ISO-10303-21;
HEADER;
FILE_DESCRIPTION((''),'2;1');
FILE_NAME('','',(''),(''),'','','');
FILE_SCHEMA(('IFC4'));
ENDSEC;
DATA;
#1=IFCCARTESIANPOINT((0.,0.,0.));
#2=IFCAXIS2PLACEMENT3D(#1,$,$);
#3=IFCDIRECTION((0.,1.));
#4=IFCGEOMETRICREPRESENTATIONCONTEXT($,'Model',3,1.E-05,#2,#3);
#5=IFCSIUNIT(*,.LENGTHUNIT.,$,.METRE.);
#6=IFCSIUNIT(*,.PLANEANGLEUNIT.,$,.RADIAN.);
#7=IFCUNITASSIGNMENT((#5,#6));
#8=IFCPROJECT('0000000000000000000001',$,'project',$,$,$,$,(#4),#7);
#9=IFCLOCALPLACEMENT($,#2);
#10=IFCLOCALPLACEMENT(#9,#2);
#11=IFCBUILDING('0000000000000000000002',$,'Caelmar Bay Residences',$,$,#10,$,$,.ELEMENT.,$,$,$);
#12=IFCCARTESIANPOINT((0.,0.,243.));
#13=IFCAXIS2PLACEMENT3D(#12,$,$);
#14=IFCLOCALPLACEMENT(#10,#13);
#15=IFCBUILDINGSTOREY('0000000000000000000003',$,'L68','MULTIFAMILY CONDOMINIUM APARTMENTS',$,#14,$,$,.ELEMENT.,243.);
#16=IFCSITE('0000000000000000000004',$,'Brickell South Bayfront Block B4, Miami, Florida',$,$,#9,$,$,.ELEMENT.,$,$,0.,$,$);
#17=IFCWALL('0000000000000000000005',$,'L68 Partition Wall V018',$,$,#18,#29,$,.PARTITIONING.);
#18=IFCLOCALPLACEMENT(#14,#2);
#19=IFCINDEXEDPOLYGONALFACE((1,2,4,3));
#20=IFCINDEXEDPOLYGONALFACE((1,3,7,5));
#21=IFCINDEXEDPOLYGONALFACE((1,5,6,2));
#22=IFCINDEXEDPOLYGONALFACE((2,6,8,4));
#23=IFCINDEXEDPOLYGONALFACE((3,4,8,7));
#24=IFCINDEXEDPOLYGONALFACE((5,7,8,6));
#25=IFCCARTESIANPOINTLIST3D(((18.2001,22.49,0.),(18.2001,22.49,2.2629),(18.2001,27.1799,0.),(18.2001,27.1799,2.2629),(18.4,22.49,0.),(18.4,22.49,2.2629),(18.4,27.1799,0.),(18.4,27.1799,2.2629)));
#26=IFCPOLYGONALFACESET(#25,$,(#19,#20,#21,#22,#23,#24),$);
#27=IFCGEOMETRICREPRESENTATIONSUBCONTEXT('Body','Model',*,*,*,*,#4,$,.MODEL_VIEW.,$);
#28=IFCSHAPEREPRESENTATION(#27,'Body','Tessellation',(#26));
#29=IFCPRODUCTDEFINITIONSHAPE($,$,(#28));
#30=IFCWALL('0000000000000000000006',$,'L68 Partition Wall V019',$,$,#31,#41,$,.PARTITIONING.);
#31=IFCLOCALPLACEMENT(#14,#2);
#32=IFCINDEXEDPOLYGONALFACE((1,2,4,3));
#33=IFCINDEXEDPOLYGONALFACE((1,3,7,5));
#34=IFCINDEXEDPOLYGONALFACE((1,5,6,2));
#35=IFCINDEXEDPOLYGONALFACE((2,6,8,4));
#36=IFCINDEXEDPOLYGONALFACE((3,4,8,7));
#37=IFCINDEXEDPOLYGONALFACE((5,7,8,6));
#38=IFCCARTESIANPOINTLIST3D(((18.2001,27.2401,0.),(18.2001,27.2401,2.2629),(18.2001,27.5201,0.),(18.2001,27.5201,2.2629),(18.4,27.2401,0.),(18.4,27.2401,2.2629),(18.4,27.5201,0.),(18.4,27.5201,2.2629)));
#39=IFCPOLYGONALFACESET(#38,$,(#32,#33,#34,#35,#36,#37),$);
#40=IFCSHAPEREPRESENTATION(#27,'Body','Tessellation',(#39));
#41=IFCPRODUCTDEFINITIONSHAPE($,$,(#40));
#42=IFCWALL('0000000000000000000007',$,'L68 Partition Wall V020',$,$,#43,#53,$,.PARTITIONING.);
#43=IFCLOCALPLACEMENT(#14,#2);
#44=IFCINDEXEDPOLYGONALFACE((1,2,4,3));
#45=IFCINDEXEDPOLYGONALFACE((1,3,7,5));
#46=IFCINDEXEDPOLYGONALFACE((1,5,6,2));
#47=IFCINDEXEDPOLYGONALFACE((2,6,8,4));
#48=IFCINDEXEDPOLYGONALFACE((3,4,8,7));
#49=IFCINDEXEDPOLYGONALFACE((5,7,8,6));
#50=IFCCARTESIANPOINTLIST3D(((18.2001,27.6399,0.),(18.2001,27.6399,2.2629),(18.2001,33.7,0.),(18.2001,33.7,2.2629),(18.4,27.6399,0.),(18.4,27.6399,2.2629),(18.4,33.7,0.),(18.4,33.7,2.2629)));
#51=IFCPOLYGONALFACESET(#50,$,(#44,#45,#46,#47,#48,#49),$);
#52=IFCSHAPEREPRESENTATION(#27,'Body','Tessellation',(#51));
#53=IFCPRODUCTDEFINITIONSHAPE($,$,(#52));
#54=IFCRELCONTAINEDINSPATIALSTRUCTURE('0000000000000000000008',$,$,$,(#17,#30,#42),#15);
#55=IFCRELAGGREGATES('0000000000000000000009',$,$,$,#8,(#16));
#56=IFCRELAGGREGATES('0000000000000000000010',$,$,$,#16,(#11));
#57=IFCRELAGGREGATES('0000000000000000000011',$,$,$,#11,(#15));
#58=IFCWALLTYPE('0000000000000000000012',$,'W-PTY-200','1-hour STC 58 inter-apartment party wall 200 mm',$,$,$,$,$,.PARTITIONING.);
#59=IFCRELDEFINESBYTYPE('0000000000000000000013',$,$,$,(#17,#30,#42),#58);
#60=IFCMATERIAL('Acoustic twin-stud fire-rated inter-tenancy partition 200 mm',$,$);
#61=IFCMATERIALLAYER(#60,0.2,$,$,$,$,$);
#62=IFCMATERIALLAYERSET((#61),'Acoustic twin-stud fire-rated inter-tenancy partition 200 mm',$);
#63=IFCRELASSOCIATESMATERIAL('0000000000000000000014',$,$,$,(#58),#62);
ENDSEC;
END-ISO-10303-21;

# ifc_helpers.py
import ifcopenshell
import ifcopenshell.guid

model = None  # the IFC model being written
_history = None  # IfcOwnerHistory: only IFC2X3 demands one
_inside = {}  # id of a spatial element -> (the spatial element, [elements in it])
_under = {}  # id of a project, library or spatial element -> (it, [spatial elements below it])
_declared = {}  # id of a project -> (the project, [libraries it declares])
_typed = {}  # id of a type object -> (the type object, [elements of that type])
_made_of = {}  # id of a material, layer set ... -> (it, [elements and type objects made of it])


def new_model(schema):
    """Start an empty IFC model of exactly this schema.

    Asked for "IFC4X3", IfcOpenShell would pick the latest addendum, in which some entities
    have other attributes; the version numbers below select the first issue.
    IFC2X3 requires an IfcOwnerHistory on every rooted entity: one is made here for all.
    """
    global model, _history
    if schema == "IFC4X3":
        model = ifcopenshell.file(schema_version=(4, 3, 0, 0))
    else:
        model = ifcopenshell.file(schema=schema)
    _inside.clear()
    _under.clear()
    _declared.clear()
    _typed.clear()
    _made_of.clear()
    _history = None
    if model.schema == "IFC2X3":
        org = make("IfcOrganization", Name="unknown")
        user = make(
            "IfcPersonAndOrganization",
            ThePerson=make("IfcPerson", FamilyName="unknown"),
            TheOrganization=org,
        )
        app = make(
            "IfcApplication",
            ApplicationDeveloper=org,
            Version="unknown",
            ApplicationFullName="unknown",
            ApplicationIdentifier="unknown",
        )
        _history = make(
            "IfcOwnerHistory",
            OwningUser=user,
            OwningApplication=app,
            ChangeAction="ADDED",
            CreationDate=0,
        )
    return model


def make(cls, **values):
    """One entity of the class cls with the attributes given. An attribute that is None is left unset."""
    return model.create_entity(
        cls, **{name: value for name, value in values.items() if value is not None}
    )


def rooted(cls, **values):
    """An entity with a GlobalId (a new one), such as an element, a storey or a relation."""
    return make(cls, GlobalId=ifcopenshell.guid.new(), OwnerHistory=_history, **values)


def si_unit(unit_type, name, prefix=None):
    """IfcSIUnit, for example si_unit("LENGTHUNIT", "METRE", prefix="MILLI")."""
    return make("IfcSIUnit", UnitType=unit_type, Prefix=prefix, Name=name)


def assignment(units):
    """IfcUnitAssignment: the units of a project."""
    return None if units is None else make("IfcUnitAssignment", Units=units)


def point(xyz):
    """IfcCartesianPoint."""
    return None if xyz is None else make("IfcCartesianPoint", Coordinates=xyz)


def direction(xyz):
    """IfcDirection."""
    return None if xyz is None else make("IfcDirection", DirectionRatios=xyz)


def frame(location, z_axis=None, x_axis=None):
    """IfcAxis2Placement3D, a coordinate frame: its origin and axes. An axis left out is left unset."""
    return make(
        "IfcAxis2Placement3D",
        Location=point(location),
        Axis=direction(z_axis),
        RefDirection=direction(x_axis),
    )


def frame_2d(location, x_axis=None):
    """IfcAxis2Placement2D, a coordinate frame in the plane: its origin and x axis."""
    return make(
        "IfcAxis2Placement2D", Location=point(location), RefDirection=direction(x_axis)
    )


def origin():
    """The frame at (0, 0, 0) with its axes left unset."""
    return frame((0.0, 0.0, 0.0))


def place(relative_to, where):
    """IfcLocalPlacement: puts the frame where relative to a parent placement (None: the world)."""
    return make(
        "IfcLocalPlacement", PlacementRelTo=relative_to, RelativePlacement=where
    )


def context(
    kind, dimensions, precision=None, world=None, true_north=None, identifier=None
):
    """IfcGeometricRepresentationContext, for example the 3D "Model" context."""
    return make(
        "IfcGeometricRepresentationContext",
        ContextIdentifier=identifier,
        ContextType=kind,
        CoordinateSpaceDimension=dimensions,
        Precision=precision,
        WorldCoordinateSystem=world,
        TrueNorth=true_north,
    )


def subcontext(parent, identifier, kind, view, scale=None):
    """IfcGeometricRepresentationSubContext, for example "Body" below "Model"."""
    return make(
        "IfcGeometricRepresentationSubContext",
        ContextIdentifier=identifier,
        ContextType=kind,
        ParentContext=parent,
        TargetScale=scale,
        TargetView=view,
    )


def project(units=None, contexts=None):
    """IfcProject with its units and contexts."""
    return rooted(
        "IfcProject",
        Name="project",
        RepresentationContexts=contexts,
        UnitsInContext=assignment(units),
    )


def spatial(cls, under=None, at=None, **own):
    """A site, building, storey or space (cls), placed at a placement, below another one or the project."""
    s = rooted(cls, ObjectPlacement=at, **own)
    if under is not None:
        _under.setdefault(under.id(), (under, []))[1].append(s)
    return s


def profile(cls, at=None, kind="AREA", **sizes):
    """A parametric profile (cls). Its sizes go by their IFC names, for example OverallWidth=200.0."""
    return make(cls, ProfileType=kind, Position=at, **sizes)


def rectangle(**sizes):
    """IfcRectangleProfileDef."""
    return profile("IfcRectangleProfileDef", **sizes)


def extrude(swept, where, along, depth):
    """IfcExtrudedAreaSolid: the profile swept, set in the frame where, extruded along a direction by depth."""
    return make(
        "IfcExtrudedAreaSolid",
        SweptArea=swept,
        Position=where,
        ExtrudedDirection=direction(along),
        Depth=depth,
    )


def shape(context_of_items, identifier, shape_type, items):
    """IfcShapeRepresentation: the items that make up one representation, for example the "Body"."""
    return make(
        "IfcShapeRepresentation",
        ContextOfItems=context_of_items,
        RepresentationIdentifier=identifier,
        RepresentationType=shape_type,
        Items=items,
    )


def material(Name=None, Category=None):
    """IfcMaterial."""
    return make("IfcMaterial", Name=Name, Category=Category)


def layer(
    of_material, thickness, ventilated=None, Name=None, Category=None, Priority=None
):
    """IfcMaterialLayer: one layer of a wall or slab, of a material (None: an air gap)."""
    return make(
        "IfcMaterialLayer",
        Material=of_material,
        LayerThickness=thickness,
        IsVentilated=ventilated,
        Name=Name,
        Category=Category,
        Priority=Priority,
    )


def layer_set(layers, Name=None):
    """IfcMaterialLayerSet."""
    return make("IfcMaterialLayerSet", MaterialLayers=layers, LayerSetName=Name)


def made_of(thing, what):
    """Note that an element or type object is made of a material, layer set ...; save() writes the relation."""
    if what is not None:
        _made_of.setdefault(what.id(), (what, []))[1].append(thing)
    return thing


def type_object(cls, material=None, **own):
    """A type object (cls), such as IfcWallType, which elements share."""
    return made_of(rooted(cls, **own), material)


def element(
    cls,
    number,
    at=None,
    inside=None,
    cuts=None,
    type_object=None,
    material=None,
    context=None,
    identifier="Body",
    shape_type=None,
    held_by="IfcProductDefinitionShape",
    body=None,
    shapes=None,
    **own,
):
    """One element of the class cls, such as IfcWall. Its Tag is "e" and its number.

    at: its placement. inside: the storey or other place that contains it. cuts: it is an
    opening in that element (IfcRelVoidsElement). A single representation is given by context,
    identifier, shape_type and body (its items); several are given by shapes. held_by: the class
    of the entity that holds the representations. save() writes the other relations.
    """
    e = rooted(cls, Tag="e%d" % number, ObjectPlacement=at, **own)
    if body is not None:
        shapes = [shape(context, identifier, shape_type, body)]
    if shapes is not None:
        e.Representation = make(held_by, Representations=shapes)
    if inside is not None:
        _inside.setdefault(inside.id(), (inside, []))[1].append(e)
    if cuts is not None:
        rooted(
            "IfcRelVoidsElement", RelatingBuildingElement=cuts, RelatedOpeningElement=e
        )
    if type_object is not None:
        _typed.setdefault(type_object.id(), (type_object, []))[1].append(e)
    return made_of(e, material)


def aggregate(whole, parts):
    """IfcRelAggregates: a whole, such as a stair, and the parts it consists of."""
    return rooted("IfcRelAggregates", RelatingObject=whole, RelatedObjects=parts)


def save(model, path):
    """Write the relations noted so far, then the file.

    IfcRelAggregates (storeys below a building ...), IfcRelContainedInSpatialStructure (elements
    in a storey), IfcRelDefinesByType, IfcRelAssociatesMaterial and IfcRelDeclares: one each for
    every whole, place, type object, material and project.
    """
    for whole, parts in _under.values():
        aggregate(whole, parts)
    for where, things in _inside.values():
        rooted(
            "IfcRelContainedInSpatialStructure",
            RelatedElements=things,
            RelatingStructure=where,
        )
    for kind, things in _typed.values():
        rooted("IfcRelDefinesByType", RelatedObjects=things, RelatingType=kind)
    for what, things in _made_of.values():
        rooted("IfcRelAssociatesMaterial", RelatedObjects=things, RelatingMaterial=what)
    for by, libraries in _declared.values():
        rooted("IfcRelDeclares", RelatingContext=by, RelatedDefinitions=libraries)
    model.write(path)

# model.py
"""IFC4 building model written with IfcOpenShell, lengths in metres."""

from ifc_helpers import new_model, si_unit, direction, frame, frame_2d, origin, place, context, subcontext, project, spatial, rectangle, extrude, material, layer, layer_set, type_object, element, save


model = new_model("IFC4")

# Units and contexts
model_context = context("Model", 3, precision=1e-05, world=origin(), true_north=direction((0.0, 1.0)))
body_context = subcontext(model_context, "Body", "Model", "MODEL_VIEW")
ifc_project = project(units=[si_unit("LENGTHUNIT", "METRE"), si_unit("PLANEANGLEUNIT", "RADIAN")], contexts=[model_context])

# Site, building, storey
site_placement = place(None, origin())
site = spatial("IfcSite", under=ifc_project, at=site_placement, Name="Brickell South Bayfront Block B4, Miami, Florida", CompositionType="ELEMENT", RefElevation=0.0)
building_placement = place(site_placement, origin())
building = spatial("IfcBuilding", under=site, at=building_placement, Name="Caelmar Bay Residences", CompositionType="ELEMENT")
storey_placement = place(building_placement, frame((0.0, 0.0, 243.0)))
storey = spatial("IfcBuildingStorey", under=building, at=storey_placement, Name="L68", Description="MULTIFAMILY CONDOMINIUM APARTMENTS", CompositionType="ELEMENT", Elevation=243.0)

# Walls
ifc_material_1 = material(Name="Acoustic twin-stud fire-rated inter-tenancy partition 200 mm")
ifc_layer_1 = layer(ifc_material_1, 0.2)
ifc_layer_set_1 = layer_set([ifc_layer_1], Name="Acoustic twin-stud fire-rated inter-tenancy partition 200 mm")
wall_type_1 = type_object("IfcWallType", Name="W-PTY-200", Description="1-hour STC 58 inter-apartment party wall 200 mm", PredefinedType="PARTITIONING", material=ifc_layer_set_1)
wall_1_placement = place(storey_placement, frame((18.3, 22.49, 0.0), z_axis=(0.0, 0.0, 1.0), x_axis=(0.0, 1.0, 0.0)))
element("IfcWall", 1, at=wall_1_placement, inside=storey, type_object=wall_type_1, Name="L68 Partition Wall V018", PredefinedType="PARTITIONING", context=body_context, shape_type="SweptSolid", body=[
    extrude(rectangle(XDim=4.6899, YDim=0.2, at=frame_2d((2.345, 0.0))), origin(), (0.0, 0.0, 1.0), 2.2629),
])
wall_2_placement = place(storey_placement, frame((18.3, 27.24, 0.0), z_axis=(0.0, 0.0, 1.0), x_axis=(0.0, 1.0, 0.0)))
element("IfcWall", 2, at=wall_2_placement, inside=storey, type_object=wall_type_1, Name="L68 Partition Wall V019", PredefinedType="PARTITIONING", context=body_context, shape_type="SweptSolid", body=[
    extrude(rectangle(XDim=0.28, YDim=0.2, at=frame_2d((0.1401, 0.0))), origin(), (0.0, 0.0, 1.0), 2.2629),
])
wall_3_placement = place(storey_placement, frame((18.3, 27.6399, 0.0), z_axis=(0.0, 0.0, 1.0), x_axis=(0.0, 1.0, 0.0)))
element("IfcWall", 3, at=wall_3_placement, inside=storey, type_object=wall_type_1, Name="L68 Partition Wall V020", PredefinedType="PARTITIONING", context=body_context, shape_type="SweptSolid", body=[
    extrude(rectangle(XDim=6.0601, YDim=0.2, at=frame_2d((3.03, 0.0))), origin(), (0.0, 0.0, 1.0), 2.2629),
])

save(model, "model.ifc")
